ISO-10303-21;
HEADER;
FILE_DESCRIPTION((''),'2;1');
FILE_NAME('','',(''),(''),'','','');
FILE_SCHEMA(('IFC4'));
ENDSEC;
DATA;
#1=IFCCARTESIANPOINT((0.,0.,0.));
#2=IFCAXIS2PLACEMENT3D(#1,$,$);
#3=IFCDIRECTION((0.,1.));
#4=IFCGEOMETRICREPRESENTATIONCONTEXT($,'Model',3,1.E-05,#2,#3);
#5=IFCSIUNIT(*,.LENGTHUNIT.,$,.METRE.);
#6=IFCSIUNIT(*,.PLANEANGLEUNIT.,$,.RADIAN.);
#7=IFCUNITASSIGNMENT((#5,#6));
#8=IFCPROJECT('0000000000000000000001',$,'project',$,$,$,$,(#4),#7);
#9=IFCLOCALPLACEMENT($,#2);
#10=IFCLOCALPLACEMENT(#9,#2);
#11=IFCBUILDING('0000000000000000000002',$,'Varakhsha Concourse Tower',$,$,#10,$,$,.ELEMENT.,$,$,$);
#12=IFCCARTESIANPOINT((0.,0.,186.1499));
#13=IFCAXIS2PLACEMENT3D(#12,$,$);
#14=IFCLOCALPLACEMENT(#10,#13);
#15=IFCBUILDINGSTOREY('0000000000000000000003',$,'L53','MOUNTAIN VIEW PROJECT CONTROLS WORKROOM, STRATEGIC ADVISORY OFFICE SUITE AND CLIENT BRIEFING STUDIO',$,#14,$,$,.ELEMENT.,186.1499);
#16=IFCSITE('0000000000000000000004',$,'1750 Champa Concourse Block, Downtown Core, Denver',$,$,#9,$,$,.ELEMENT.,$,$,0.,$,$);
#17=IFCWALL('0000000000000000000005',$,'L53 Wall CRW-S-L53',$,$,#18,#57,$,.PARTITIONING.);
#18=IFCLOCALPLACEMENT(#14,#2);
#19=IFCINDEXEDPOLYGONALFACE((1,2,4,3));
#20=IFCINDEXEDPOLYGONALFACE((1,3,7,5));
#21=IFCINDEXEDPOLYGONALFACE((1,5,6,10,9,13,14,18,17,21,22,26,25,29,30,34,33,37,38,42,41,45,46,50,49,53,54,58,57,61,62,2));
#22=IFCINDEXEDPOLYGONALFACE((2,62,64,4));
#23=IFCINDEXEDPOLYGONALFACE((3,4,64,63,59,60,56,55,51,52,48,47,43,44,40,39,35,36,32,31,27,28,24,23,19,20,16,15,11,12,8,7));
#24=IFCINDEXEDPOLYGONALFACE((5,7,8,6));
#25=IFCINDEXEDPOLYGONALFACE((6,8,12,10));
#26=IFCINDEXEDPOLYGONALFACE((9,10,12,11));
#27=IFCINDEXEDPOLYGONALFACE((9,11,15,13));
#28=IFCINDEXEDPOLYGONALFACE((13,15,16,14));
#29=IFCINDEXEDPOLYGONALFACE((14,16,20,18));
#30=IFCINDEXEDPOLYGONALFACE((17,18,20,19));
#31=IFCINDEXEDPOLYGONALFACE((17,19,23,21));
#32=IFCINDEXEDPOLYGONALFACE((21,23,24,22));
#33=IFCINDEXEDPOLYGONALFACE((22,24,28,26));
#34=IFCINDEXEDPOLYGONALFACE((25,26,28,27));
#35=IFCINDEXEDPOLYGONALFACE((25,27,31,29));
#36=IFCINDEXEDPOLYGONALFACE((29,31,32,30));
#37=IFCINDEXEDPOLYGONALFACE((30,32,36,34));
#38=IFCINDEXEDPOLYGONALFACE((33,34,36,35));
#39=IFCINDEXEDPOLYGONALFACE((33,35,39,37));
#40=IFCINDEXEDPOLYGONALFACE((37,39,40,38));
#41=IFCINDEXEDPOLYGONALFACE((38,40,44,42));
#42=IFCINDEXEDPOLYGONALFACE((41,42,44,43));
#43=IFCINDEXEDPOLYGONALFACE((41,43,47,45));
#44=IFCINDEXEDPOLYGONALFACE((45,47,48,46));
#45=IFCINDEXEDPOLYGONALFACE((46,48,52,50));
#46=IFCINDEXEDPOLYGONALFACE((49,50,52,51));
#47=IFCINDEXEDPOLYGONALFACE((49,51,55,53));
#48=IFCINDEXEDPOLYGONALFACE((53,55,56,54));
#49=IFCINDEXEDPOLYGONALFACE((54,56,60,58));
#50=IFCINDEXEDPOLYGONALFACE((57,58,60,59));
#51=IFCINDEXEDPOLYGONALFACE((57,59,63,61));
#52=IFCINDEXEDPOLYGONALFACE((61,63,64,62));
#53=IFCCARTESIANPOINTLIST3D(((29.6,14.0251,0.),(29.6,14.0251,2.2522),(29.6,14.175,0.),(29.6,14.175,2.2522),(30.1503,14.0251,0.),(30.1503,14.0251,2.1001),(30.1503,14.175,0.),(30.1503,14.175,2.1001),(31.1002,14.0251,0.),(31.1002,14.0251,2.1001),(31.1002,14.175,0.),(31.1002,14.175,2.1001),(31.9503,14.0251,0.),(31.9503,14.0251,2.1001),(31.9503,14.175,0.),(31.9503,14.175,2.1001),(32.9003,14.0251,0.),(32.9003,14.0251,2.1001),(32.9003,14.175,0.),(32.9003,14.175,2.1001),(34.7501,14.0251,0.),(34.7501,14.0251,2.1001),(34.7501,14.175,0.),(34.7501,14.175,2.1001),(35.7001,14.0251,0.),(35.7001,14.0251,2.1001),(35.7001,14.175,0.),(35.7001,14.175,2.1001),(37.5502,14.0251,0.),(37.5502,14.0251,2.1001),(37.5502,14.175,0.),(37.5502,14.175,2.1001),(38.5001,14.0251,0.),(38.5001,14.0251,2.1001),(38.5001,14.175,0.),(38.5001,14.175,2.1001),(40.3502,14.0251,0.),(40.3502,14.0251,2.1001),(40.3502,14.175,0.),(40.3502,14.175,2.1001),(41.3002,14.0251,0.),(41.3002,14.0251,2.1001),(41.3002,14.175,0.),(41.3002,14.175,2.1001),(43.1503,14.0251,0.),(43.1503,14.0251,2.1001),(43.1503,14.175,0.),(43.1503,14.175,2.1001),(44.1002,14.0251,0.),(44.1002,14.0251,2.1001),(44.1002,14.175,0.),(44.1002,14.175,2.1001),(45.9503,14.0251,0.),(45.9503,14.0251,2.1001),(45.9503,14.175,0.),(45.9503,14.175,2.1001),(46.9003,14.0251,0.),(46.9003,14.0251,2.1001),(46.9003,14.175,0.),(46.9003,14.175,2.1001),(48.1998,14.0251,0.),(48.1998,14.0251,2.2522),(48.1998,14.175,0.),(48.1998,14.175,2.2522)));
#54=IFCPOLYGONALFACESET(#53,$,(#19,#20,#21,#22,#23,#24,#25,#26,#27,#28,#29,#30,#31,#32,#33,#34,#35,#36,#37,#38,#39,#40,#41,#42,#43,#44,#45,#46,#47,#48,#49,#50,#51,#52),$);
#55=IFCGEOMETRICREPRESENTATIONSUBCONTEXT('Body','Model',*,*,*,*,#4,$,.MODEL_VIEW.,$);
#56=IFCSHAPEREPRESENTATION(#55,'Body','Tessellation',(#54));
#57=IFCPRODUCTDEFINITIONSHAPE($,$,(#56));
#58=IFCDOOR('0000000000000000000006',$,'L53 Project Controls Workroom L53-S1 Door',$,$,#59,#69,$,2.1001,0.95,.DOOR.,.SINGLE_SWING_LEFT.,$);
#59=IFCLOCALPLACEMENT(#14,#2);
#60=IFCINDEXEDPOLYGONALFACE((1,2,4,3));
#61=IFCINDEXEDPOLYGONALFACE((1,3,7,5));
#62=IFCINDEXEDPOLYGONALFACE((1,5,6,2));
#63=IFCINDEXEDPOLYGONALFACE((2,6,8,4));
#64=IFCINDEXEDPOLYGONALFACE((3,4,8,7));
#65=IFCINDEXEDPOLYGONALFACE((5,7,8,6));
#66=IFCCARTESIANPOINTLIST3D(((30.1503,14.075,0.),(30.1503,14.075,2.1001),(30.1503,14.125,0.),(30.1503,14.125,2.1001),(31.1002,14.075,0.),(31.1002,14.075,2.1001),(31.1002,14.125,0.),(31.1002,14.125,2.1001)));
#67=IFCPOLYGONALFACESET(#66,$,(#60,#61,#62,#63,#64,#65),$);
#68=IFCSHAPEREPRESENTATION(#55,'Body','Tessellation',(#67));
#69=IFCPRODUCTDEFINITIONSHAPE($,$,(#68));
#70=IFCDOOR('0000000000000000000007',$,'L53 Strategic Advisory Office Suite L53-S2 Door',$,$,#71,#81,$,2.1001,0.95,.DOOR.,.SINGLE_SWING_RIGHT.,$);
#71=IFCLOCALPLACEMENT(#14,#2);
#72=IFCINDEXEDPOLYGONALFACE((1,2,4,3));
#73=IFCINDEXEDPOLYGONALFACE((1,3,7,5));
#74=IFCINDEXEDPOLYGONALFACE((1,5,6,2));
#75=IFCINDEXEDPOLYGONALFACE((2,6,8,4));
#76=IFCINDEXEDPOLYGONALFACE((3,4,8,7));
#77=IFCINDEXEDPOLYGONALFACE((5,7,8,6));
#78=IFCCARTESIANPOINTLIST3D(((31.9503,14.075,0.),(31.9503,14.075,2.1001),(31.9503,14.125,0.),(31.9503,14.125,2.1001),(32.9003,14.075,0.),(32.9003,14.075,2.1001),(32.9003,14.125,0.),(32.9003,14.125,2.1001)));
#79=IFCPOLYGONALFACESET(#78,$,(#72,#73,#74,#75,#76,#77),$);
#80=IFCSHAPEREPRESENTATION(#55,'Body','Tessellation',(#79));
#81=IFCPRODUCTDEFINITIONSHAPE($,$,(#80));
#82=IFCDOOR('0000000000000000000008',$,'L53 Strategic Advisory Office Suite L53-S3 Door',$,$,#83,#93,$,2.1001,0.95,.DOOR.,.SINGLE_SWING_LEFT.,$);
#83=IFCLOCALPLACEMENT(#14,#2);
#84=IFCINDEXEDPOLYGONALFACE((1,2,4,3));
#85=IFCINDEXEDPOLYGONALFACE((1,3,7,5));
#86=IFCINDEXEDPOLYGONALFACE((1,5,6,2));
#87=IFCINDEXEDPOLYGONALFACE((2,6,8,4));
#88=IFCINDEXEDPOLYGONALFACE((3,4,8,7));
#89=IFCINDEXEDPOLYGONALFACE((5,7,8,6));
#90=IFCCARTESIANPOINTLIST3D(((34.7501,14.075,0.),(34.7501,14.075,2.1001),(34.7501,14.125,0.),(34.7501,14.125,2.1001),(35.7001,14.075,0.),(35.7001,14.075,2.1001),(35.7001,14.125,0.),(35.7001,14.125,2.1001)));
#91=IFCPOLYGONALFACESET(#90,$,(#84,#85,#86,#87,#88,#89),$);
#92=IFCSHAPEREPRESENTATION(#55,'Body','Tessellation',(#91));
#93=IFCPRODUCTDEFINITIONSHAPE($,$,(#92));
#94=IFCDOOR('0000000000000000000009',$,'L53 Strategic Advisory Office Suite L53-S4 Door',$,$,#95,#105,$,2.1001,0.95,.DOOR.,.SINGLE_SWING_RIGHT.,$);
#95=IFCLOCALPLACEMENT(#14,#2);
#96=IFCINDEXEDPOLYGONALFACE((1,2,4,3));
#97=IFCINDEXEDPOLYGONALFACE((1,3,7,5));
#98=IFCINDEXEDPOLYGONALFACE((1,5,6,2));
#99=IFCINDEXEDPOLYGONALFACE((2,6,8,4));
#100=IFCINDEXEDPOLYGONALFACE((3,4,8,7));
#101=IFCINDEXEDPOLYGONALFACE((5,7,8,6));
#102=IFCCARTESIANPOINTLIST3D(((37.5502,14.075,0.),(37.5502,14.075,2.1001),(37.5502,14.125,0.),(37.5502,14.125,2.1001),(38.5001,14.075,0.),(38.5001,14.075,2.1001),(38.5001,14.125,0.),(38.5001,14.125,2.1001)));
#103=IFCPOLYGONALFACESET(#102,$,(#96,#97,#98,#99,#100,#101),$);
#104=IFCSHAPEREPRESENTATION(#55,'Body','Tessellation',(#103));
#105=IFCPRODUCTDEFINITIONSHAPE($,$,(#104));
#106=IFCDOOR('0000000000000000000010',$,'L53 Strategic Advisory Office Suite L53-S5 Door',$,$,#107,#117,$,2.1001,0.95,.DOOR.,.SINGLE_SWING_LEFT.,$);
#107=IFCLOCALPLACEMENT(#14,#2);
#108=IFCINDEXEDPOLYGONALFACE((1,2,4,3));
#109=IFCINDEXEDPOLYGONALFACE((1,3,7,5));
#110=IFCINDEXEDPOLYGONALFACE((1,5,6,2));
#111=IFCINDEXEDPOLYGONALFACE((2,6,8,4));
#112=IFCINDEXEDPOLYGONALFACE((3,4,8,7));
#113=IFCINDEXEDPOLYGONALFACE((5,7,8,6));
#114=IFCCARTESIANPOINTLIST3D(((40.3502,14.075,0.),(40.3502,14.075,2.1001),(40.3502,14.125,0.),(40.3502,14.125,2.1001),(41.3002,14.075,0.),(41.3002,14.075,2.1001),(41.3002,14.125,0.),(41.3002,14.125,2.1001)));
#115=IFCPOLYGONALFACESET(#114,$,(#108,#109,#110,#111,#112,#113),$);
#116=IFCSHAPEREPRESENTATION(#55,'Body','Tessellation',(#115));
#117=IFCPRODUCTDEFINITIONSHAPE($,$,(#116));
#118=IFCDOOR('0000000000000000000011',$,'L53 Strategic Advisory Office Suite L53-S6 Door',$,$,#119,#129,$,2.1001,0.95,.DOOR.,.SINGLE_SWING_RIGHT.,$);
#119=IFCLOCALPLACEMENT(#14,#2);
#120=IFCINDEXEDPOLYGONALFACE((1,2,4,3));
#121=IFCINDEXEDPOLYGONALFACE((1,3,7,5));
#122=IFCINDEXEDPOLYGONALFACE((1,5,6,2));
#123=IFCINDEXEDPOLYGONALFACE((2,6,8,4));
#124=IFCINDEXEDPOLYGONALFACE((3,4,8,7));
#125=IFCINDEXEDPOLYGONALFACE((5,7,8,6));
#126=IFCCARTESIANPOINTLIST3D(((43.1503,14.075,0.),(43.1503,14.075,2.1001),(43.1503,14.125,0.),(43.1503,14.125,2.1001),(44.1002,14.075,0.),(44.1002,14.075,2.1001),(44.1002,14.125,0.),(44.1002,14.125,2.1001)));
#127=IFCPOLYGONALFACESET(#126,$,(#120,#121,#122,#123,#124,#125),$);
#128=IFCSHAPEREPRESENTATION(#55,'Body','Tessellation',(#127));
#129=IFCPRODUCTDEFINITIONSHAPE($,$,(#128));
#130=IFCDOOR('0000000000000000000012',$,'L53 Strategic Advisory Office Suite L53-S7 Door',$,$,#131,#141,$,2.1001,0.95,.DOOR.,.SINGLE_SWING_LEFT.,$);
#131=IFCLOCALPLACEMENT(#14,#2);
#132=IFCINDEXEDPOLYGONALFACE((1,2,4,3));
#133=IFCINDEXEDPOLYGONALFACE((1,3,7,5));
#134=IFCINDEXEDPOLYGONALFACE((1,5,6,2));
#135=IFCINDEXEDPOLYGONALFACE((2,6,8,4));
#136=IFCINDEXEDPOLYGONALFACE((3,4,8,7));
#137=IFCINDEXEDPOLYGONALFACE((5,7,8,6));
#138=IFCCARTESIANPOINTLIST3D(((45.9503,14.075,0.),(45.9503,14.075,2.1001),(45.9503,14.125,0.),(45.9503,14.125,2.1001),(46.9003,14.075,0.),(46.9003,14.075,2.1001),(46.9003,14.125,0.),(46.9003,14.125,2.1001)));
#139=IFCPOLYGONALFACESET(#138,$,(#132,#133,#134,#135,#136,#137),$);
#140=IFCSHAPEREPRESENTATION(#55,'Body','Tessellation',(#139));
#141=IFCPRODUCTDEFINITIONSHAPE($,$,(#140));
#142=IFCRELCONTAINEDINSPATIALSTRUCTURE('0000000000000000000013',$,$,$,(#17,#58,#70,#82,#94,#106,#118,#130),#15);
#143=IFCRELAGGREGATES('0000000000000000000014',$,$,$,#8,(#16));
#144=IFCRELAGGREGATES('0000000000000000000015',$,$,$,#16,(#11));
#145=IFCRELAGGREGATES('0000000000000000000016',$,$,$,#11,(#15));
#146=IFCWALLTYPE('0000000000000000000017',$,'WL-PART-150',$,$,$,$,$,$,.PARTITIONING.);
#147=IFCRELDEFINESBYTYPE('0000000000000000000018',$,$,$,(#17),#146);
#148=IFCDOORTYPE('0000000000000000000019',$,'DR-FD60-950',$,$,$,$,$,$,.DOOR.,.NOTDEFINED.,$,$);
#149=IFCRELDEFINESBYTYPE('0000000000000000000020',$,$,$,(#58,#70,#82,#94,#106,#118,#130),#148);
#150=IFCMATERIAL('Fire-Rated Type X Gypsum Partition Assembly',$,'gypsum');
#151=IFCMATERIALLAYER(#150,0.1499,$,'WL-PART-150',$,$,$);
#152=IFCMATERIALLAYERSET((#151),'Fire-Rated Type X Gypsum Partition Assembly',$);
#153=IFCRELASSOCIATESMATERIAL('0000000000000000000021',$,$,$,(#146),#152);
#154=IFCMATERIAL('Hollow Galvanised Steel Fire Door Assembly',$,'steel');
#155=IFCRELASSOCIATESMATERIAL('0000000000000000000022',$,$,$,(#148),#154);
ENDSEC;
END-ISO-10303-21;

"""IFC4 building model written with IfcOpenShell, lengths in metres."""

from ifc_helpers import new_model, si_unit, direction, frame, frame_2d, origin, place, context, subcontext, project, spatial, rectangle, extrude, material, layer, layer_set, type_object, element, fill, save


model = new_model("IFC4")

# Units and contexts
model_context = context("Model", 3, precision=1e-05, world=origin(), true_north=direction((0.0, 1.0)))
body_context = subcontext(model_context, "Body", "Model", "MODEL_VIEW")
ifc_project = project(units=[si_unit("LENGTHUNIT", "METRE"), si_unit("PLANEANGLEUNIT", "RADIAN")], contexts=[model_context])

# Site, building, storey
site_placement = place(None, origin())
site = spatial("IfcSite", under=ifc_project, at=site_placement, Name="1750 Champa Concourse Block, Downtown Core, Denver", CompositionType="ELEMENT", RefElevation=0.0)
building_placement = place(site_placement, origin())
building = spatial("IfcBuilding", under=site, at=building_placement, Name="Varakhsha Concourse Tower", CompositionType="ELEMENT")
storey_placement = place(building_placement, frame((0.0, 0.0, 186.1499)))
storey = spatial("IfcBuildingStorey", under=building, at=storey_placement, Name="L53", Description="MOUNTAIN VIEW PROJECT CONTROLS WORKROOM, STRATEGIC ADVISORY OFFICE SUITE AND CLIENT BRIEFING STUDIO", CompositionType="ELEMENT", Elevation=186.1499)

# Wall, openings, doors
ifc_material_1 = material(Name="Fire-Rated Type X Gypsum Partition Assembly", Category="gypsum")
ifc_layer_1 = layer(ifc_material_1, 0.1499, Name="WL-PART-150")
ifc_layer_set_1 = layer_set([ifc_layer_1], Name="Fire-Rated Type X Gypsum Partition Assembly")
wall_type = type_object("IfcWallType", Name="WL-PART-150", PredefinedType="PARTITIONING", material=ifc_layer_set_1)
wall_1_placement = place(storey_placement, frame((29.6001, 14.1001, 0.0), z_axis=(0.0, 0.0, 1.0), x_axis=(1.0, 0.0, 0.0)))
wall_1 = element("IfcWall", 1, at=wall_1_placement, inside=storey, type_object=wall_type, Name="L53 Wall CRW-S-L53", PredefinedType="PARTITIONING", context=body_context, shape_type="SweptSolid", body=[
    extrude(rectangle(XDim=18.5999, YDim=0.1499, at=frame_2d((9.2998, 0.0))), origin(), (0.0, 0.0, 1.0), 2.2522),
])
opening_1_placement = place(wall_1_placement, frame((0.55, 0.0, 0.0)))
opening_1 = element("IfcOpeningElement", 2, at=opening_1_placement, cuts=wall_1, PredefinedType="OPENING", context=body_context, shape_type="SweptSolid", body=[
    extrude(rectangle(XDim=0.95, YDim=2.1001, at=frame_2d((0.4751, 1.05))), frame((0.0, 0.085, 0.0), z_axis=(0.0, -1.0, 0.0), x_axis=(1.0, 0.0, 0.0)), (0.0, 0.0, 1.0), 0.1699),
])
opening_2_placement = place(wall_1_placement, frame((2.3501, 0.0, 0.0)))
opening_2 = element("IfcOpeningElement", 3, at=opening_2_placement, cuts=wall_1, PredefinedType="OPENING", context=body_context, shape_type="SweptSolid", body=[
    extrude(rectangle(XDim=0.95, YDim=2.1001, at=frame_2d((0.4751, 1.05))), frame((0.0, 0.085, 0.0), z_axis=(0.0, -1.0, 0.0), x_axis=(1.0, 0.0, 0.0)), (0.0, 0.0, 1.0), 0.1699),
])
opening_3_placement = place(wall_1_placement, frame((5.1499, 0.0, 0.0)))
opening_3 = element("IfcOpeningElement", 4, at=opening_3_placement, cuts=wall_1, PredefinedType="OPENING", context=body_context, shape_type="SweptSolid", body=[
    extrude(rectangle(XDim=0.95, YDim=2.1001, at=frame_2d((0.4751, 1.05))), frame((0.0, 0.085, 0.0), z_axis=(0.0, -1.0, 0.0), x_axis=(1.0, 0.0, 0.0)), (0.0, 0.0, 1.0), 0.1699),
])
opening_4_placement = place(wall_1_placement, frame((7.95, 0.0, 0.0)))
opening_4 = element("IfcOpeningElement", 5, at=opening_4_placement, cuts=wall_1, PredefinedType="OPENING", context=body_context, shape_type="SweptSolid", body=[
    extrude(rectangle(XDim=0.95, YDim=2.1001, at=frame_2d((0.4751, 1.05))), frame((0.0, 0.085, 0.0), z_axis=(0.0, -1.0, 0.0), x_axis=(1.0, 0.0, 0.0)), (0.0, 0.0, 1.0), 0.1699),
])
opening_5_placement = place(wall_1_placement, frame((10.75, 0.0, 0.0)))
opening_5 = element("IfcOpeningElement", 6, at=opening_5_placement, cuts=wall_1, PredefinedType="OPENING", context=body_context, shape_type="SweptSolid", body=[
    extrude(rectangle(XDim=0.95, YDim=2.1001, at=frame_2d((0.4751, 1.05))), frame((0.0, 0.085, 0.0), z_axis=(0.0, -1.0, 0.0), x_axis=(1.0, 0.0, 0.0)), (0.0, 0.0, 1.0), 0.1699),
])
opening_6_placement = place(wall_1_placement, frame((13.55, 0.0, 0.0)))
opening_6 = element("IfcOpeningElement", 7, at=opening_6_placement, cuts=wall_1, PredefinedType="OPENING", context=body_context, shape_type="SweptSolid", body=[
    extrude(rectangle(XDim=0.95, YDim=2.1001, at=frame_2d((0.4751, 1.05))), frame((0.0, 0.085, 0.0), z_axis=(0.0, -1.0, 0.0), x_axis=(1.0, 0.0, 0.0)), (0.0, 0.0, 1.0), 0.1699),
])
opening_7_placement = place(wall_1_placement, frame((16.3501, 0.0, 0.0)))
opening_7 = element("IfcOpeningElement", 8, at=opening_7_placement, cuts=wall_1, PredefinedType="OPENING", context=body_context, shape_type="SweptSolid", body=[
    extrude(rectangle(XDim=0.95, YDim=2.1001, at=frame_2d((0.4751, 1.05))), frame((0.0, 0.085, 0.0), z_axis=(0.0, -1.0, 0.0), x_axis=(1.0, 0.0, 0.0)), (0.0, 0.0, 1.0), 0.1699),
])
ifc_material_2 = material(Name="Hollow Galvanised Steel Fire Door Assembly", Category="steel")
door_type_1 = type_object("IfcDoorType", Name="DR-FD60-950", OperationType="NOTDEFINED", PredefinedType="DOOR", material=ifc_material_2)
door_1_placement = place(opening_1_placement, origin())
door_1 = element("IfcDoor", 9, at=door_1_placement, inside=storey, type_object=door_type_1, Name="L53 Project Controls Workroom L53-S1 Door", OperationType="SINGLE_SWING_LEFT", OverallHeight=2.1001, OverallWidth=0.95, PredefinedType="DOOR", context=body_context, shape_type="SweptSolid", body=[
    extrude(rectangle(XDim=0.95, YDim=2.1001, at=frame_2d((0.4751, 1.05))), frame((0.0, 0.0249, 0.0), z_axis=(0.0, -1.0, 0.0), x_axis=(1.0, 0.0, 0.0)), (0.0, 0.0, 1.0), 0.05),
])
fill(opening_1, door_1)
door_2_placement = place(opening_2_placement, origin())
door_2 = element("IfcDoor", 10, at=door_2_placement, inside=storey, type_object=door_type_1, Name="L53 Strategic Advisory Office Suite L53-S2 Door", OperationType="SINGLE_SWING_RIGHT", OverallHeight=2.1001, OverallWidth=0.95, PredefinedType="DOOR", context=body_context, shape_type="SweptSolid", body=[
    extrude(rectangle(XDim=0.95, YDim=2.1001, at=frame_2d((0.4751, 1.05))), frame((0.0, 0.0249, 0.0), z_axis=(0.0, -1.0, 0.0), x_axis=(1.0, 0.0, 0.0)), (0.0, 0.0, 1.0), 0.05),
])
fill(opening_2, door_2)
door_3_placement = place(opening_3_placement, origin())
door_3 = element("IfcDoor", 11, at=door_3_placement, inside=storey, type_object=door_type_1, Name="L53 Strategic Advisory Office Suite L53-S3 Door", OperationType="SINGLE_SWING_LEFT", OverallHeight=2.1001, OverallWidth=0.95, PredefinedType="DOOR", context=body_context, shape_type="SweptSolid", body=[
    extrude(rectangle(XDim=0.95, YDim=2.1001, at=frame_2d((0.4751, 1.05))), frame((0.0, 0.0249, 0.0), z_axis=(0.0, -1.0, 0.0), x_axis=(1.0, 0.0, 0.0)), (0.0, 0.0, 1.0), 0.05),
])
fill(opening_3, door_3)
door_4_placement = place(opening_4_placement, origin())
door_4 = element("IfcDoor", 12, at=door_4_placement, inside=storey, type_object=door_type_1, Name="L53 Strategic Advisory Office Suite L53-S4 Door", OperationType="SINGLE_SWING_RIGHT", OverallHeight=2.1001, OverallWidth=0.95, PredefinedType="DOOR", context=body_context, shape_type="SweptSolid", body=[
    extrude(rectangle(XDim=0.95, YDim=2.1001, at=frame_2d((0.4751, 1.05))), frame((0.0, 0.0249, 0.0), z_axis=(0.0, -1.0, 0.0), x_axis=(1.0, 0.0, 0.0)), (0.0, 0.0, 1.0), 0.05),
])
fill(opening_4, door_4)
door_5_placement = place(opening_5_placement, origin())
door_5 = element("IfcDoor", 13, at=door_5_placement, inside=storey, type_object=door_type_1, Name="L53 Strategic Advisory Office Suite L53-S5 Door", OperationType="SINGLE_SWING_LEFT", OverallHeight=2.1001, OverallWidth=0.95, PredefinedType="DOOR", context=body_context, shape_type="SweptSolid", body=[
    extrude(rectangle(XDim=0.95, YDim=2.1001, at=frame_2d((0.4751, 1.05))), frame((0.0, 0.0249, 0.0), z_axis=(0.0, -1.0, 0.0), x_axis=(1.0, 0.0, 0.0)), (0.0, 0.0, 1.0), 0.05),
])
fill(opening_5, door_5)
door_6_placement = place(opening_6_placement, origin())
door_6 = element("IfcDoor", 14, at=door_6_placement, inside=storey, type_object=door_type_1, Name="L53 Strategic Advisory Office Suite L53-S6 Door", OperationType="SINGLE_SWING_RIGHT", OverallHeight=2.1001, OverallWidth=0.95, PredefinedType="DOOR", context=body_context, shape_type="SweptSolid", body=[
    extrude(rectangle(XDim=0.95, YDim=2.1001, at=frame_2d((0.4751, 1.05))), frame((0.0, 0.0249, 0.0), z_axis=(0.0, -1.0, 0.0), x_axis=(1.0, 0.0, 0.0)), (0.0, 0.0, 1.0), 0.05),
])
fill(opening_6, door_6)
door_7_placement = place(opening_7_placement, origin())
door_7 = element("IfcDoor", 15, at=door_7_placement, inside=storey, type_object=door_type_1, Name="L53 Strategic Advisory Office Suite L53-S7 Door", OperationType="SINGLE_SWING_LEFT", OverallHeight=2.1001, OverallWidth=0.95, PredefinedType="DOOR", context=body_context, shape_type="SweptSolid", body=[
    extrude(rectangle(XDim=0.95, YDim=2.1001, at=frame_2d((0.4751, 1.05))), frame((0.0, 0.0249, 0.0), z_axis=(0.0, -1.0, 0.0), x_axis=(1.0, 0.0, 0.0)), (0.0, 0.0, 1.0), 0.05),
])
fill(opening_7, door_7)

save(model, "model.ifc")
